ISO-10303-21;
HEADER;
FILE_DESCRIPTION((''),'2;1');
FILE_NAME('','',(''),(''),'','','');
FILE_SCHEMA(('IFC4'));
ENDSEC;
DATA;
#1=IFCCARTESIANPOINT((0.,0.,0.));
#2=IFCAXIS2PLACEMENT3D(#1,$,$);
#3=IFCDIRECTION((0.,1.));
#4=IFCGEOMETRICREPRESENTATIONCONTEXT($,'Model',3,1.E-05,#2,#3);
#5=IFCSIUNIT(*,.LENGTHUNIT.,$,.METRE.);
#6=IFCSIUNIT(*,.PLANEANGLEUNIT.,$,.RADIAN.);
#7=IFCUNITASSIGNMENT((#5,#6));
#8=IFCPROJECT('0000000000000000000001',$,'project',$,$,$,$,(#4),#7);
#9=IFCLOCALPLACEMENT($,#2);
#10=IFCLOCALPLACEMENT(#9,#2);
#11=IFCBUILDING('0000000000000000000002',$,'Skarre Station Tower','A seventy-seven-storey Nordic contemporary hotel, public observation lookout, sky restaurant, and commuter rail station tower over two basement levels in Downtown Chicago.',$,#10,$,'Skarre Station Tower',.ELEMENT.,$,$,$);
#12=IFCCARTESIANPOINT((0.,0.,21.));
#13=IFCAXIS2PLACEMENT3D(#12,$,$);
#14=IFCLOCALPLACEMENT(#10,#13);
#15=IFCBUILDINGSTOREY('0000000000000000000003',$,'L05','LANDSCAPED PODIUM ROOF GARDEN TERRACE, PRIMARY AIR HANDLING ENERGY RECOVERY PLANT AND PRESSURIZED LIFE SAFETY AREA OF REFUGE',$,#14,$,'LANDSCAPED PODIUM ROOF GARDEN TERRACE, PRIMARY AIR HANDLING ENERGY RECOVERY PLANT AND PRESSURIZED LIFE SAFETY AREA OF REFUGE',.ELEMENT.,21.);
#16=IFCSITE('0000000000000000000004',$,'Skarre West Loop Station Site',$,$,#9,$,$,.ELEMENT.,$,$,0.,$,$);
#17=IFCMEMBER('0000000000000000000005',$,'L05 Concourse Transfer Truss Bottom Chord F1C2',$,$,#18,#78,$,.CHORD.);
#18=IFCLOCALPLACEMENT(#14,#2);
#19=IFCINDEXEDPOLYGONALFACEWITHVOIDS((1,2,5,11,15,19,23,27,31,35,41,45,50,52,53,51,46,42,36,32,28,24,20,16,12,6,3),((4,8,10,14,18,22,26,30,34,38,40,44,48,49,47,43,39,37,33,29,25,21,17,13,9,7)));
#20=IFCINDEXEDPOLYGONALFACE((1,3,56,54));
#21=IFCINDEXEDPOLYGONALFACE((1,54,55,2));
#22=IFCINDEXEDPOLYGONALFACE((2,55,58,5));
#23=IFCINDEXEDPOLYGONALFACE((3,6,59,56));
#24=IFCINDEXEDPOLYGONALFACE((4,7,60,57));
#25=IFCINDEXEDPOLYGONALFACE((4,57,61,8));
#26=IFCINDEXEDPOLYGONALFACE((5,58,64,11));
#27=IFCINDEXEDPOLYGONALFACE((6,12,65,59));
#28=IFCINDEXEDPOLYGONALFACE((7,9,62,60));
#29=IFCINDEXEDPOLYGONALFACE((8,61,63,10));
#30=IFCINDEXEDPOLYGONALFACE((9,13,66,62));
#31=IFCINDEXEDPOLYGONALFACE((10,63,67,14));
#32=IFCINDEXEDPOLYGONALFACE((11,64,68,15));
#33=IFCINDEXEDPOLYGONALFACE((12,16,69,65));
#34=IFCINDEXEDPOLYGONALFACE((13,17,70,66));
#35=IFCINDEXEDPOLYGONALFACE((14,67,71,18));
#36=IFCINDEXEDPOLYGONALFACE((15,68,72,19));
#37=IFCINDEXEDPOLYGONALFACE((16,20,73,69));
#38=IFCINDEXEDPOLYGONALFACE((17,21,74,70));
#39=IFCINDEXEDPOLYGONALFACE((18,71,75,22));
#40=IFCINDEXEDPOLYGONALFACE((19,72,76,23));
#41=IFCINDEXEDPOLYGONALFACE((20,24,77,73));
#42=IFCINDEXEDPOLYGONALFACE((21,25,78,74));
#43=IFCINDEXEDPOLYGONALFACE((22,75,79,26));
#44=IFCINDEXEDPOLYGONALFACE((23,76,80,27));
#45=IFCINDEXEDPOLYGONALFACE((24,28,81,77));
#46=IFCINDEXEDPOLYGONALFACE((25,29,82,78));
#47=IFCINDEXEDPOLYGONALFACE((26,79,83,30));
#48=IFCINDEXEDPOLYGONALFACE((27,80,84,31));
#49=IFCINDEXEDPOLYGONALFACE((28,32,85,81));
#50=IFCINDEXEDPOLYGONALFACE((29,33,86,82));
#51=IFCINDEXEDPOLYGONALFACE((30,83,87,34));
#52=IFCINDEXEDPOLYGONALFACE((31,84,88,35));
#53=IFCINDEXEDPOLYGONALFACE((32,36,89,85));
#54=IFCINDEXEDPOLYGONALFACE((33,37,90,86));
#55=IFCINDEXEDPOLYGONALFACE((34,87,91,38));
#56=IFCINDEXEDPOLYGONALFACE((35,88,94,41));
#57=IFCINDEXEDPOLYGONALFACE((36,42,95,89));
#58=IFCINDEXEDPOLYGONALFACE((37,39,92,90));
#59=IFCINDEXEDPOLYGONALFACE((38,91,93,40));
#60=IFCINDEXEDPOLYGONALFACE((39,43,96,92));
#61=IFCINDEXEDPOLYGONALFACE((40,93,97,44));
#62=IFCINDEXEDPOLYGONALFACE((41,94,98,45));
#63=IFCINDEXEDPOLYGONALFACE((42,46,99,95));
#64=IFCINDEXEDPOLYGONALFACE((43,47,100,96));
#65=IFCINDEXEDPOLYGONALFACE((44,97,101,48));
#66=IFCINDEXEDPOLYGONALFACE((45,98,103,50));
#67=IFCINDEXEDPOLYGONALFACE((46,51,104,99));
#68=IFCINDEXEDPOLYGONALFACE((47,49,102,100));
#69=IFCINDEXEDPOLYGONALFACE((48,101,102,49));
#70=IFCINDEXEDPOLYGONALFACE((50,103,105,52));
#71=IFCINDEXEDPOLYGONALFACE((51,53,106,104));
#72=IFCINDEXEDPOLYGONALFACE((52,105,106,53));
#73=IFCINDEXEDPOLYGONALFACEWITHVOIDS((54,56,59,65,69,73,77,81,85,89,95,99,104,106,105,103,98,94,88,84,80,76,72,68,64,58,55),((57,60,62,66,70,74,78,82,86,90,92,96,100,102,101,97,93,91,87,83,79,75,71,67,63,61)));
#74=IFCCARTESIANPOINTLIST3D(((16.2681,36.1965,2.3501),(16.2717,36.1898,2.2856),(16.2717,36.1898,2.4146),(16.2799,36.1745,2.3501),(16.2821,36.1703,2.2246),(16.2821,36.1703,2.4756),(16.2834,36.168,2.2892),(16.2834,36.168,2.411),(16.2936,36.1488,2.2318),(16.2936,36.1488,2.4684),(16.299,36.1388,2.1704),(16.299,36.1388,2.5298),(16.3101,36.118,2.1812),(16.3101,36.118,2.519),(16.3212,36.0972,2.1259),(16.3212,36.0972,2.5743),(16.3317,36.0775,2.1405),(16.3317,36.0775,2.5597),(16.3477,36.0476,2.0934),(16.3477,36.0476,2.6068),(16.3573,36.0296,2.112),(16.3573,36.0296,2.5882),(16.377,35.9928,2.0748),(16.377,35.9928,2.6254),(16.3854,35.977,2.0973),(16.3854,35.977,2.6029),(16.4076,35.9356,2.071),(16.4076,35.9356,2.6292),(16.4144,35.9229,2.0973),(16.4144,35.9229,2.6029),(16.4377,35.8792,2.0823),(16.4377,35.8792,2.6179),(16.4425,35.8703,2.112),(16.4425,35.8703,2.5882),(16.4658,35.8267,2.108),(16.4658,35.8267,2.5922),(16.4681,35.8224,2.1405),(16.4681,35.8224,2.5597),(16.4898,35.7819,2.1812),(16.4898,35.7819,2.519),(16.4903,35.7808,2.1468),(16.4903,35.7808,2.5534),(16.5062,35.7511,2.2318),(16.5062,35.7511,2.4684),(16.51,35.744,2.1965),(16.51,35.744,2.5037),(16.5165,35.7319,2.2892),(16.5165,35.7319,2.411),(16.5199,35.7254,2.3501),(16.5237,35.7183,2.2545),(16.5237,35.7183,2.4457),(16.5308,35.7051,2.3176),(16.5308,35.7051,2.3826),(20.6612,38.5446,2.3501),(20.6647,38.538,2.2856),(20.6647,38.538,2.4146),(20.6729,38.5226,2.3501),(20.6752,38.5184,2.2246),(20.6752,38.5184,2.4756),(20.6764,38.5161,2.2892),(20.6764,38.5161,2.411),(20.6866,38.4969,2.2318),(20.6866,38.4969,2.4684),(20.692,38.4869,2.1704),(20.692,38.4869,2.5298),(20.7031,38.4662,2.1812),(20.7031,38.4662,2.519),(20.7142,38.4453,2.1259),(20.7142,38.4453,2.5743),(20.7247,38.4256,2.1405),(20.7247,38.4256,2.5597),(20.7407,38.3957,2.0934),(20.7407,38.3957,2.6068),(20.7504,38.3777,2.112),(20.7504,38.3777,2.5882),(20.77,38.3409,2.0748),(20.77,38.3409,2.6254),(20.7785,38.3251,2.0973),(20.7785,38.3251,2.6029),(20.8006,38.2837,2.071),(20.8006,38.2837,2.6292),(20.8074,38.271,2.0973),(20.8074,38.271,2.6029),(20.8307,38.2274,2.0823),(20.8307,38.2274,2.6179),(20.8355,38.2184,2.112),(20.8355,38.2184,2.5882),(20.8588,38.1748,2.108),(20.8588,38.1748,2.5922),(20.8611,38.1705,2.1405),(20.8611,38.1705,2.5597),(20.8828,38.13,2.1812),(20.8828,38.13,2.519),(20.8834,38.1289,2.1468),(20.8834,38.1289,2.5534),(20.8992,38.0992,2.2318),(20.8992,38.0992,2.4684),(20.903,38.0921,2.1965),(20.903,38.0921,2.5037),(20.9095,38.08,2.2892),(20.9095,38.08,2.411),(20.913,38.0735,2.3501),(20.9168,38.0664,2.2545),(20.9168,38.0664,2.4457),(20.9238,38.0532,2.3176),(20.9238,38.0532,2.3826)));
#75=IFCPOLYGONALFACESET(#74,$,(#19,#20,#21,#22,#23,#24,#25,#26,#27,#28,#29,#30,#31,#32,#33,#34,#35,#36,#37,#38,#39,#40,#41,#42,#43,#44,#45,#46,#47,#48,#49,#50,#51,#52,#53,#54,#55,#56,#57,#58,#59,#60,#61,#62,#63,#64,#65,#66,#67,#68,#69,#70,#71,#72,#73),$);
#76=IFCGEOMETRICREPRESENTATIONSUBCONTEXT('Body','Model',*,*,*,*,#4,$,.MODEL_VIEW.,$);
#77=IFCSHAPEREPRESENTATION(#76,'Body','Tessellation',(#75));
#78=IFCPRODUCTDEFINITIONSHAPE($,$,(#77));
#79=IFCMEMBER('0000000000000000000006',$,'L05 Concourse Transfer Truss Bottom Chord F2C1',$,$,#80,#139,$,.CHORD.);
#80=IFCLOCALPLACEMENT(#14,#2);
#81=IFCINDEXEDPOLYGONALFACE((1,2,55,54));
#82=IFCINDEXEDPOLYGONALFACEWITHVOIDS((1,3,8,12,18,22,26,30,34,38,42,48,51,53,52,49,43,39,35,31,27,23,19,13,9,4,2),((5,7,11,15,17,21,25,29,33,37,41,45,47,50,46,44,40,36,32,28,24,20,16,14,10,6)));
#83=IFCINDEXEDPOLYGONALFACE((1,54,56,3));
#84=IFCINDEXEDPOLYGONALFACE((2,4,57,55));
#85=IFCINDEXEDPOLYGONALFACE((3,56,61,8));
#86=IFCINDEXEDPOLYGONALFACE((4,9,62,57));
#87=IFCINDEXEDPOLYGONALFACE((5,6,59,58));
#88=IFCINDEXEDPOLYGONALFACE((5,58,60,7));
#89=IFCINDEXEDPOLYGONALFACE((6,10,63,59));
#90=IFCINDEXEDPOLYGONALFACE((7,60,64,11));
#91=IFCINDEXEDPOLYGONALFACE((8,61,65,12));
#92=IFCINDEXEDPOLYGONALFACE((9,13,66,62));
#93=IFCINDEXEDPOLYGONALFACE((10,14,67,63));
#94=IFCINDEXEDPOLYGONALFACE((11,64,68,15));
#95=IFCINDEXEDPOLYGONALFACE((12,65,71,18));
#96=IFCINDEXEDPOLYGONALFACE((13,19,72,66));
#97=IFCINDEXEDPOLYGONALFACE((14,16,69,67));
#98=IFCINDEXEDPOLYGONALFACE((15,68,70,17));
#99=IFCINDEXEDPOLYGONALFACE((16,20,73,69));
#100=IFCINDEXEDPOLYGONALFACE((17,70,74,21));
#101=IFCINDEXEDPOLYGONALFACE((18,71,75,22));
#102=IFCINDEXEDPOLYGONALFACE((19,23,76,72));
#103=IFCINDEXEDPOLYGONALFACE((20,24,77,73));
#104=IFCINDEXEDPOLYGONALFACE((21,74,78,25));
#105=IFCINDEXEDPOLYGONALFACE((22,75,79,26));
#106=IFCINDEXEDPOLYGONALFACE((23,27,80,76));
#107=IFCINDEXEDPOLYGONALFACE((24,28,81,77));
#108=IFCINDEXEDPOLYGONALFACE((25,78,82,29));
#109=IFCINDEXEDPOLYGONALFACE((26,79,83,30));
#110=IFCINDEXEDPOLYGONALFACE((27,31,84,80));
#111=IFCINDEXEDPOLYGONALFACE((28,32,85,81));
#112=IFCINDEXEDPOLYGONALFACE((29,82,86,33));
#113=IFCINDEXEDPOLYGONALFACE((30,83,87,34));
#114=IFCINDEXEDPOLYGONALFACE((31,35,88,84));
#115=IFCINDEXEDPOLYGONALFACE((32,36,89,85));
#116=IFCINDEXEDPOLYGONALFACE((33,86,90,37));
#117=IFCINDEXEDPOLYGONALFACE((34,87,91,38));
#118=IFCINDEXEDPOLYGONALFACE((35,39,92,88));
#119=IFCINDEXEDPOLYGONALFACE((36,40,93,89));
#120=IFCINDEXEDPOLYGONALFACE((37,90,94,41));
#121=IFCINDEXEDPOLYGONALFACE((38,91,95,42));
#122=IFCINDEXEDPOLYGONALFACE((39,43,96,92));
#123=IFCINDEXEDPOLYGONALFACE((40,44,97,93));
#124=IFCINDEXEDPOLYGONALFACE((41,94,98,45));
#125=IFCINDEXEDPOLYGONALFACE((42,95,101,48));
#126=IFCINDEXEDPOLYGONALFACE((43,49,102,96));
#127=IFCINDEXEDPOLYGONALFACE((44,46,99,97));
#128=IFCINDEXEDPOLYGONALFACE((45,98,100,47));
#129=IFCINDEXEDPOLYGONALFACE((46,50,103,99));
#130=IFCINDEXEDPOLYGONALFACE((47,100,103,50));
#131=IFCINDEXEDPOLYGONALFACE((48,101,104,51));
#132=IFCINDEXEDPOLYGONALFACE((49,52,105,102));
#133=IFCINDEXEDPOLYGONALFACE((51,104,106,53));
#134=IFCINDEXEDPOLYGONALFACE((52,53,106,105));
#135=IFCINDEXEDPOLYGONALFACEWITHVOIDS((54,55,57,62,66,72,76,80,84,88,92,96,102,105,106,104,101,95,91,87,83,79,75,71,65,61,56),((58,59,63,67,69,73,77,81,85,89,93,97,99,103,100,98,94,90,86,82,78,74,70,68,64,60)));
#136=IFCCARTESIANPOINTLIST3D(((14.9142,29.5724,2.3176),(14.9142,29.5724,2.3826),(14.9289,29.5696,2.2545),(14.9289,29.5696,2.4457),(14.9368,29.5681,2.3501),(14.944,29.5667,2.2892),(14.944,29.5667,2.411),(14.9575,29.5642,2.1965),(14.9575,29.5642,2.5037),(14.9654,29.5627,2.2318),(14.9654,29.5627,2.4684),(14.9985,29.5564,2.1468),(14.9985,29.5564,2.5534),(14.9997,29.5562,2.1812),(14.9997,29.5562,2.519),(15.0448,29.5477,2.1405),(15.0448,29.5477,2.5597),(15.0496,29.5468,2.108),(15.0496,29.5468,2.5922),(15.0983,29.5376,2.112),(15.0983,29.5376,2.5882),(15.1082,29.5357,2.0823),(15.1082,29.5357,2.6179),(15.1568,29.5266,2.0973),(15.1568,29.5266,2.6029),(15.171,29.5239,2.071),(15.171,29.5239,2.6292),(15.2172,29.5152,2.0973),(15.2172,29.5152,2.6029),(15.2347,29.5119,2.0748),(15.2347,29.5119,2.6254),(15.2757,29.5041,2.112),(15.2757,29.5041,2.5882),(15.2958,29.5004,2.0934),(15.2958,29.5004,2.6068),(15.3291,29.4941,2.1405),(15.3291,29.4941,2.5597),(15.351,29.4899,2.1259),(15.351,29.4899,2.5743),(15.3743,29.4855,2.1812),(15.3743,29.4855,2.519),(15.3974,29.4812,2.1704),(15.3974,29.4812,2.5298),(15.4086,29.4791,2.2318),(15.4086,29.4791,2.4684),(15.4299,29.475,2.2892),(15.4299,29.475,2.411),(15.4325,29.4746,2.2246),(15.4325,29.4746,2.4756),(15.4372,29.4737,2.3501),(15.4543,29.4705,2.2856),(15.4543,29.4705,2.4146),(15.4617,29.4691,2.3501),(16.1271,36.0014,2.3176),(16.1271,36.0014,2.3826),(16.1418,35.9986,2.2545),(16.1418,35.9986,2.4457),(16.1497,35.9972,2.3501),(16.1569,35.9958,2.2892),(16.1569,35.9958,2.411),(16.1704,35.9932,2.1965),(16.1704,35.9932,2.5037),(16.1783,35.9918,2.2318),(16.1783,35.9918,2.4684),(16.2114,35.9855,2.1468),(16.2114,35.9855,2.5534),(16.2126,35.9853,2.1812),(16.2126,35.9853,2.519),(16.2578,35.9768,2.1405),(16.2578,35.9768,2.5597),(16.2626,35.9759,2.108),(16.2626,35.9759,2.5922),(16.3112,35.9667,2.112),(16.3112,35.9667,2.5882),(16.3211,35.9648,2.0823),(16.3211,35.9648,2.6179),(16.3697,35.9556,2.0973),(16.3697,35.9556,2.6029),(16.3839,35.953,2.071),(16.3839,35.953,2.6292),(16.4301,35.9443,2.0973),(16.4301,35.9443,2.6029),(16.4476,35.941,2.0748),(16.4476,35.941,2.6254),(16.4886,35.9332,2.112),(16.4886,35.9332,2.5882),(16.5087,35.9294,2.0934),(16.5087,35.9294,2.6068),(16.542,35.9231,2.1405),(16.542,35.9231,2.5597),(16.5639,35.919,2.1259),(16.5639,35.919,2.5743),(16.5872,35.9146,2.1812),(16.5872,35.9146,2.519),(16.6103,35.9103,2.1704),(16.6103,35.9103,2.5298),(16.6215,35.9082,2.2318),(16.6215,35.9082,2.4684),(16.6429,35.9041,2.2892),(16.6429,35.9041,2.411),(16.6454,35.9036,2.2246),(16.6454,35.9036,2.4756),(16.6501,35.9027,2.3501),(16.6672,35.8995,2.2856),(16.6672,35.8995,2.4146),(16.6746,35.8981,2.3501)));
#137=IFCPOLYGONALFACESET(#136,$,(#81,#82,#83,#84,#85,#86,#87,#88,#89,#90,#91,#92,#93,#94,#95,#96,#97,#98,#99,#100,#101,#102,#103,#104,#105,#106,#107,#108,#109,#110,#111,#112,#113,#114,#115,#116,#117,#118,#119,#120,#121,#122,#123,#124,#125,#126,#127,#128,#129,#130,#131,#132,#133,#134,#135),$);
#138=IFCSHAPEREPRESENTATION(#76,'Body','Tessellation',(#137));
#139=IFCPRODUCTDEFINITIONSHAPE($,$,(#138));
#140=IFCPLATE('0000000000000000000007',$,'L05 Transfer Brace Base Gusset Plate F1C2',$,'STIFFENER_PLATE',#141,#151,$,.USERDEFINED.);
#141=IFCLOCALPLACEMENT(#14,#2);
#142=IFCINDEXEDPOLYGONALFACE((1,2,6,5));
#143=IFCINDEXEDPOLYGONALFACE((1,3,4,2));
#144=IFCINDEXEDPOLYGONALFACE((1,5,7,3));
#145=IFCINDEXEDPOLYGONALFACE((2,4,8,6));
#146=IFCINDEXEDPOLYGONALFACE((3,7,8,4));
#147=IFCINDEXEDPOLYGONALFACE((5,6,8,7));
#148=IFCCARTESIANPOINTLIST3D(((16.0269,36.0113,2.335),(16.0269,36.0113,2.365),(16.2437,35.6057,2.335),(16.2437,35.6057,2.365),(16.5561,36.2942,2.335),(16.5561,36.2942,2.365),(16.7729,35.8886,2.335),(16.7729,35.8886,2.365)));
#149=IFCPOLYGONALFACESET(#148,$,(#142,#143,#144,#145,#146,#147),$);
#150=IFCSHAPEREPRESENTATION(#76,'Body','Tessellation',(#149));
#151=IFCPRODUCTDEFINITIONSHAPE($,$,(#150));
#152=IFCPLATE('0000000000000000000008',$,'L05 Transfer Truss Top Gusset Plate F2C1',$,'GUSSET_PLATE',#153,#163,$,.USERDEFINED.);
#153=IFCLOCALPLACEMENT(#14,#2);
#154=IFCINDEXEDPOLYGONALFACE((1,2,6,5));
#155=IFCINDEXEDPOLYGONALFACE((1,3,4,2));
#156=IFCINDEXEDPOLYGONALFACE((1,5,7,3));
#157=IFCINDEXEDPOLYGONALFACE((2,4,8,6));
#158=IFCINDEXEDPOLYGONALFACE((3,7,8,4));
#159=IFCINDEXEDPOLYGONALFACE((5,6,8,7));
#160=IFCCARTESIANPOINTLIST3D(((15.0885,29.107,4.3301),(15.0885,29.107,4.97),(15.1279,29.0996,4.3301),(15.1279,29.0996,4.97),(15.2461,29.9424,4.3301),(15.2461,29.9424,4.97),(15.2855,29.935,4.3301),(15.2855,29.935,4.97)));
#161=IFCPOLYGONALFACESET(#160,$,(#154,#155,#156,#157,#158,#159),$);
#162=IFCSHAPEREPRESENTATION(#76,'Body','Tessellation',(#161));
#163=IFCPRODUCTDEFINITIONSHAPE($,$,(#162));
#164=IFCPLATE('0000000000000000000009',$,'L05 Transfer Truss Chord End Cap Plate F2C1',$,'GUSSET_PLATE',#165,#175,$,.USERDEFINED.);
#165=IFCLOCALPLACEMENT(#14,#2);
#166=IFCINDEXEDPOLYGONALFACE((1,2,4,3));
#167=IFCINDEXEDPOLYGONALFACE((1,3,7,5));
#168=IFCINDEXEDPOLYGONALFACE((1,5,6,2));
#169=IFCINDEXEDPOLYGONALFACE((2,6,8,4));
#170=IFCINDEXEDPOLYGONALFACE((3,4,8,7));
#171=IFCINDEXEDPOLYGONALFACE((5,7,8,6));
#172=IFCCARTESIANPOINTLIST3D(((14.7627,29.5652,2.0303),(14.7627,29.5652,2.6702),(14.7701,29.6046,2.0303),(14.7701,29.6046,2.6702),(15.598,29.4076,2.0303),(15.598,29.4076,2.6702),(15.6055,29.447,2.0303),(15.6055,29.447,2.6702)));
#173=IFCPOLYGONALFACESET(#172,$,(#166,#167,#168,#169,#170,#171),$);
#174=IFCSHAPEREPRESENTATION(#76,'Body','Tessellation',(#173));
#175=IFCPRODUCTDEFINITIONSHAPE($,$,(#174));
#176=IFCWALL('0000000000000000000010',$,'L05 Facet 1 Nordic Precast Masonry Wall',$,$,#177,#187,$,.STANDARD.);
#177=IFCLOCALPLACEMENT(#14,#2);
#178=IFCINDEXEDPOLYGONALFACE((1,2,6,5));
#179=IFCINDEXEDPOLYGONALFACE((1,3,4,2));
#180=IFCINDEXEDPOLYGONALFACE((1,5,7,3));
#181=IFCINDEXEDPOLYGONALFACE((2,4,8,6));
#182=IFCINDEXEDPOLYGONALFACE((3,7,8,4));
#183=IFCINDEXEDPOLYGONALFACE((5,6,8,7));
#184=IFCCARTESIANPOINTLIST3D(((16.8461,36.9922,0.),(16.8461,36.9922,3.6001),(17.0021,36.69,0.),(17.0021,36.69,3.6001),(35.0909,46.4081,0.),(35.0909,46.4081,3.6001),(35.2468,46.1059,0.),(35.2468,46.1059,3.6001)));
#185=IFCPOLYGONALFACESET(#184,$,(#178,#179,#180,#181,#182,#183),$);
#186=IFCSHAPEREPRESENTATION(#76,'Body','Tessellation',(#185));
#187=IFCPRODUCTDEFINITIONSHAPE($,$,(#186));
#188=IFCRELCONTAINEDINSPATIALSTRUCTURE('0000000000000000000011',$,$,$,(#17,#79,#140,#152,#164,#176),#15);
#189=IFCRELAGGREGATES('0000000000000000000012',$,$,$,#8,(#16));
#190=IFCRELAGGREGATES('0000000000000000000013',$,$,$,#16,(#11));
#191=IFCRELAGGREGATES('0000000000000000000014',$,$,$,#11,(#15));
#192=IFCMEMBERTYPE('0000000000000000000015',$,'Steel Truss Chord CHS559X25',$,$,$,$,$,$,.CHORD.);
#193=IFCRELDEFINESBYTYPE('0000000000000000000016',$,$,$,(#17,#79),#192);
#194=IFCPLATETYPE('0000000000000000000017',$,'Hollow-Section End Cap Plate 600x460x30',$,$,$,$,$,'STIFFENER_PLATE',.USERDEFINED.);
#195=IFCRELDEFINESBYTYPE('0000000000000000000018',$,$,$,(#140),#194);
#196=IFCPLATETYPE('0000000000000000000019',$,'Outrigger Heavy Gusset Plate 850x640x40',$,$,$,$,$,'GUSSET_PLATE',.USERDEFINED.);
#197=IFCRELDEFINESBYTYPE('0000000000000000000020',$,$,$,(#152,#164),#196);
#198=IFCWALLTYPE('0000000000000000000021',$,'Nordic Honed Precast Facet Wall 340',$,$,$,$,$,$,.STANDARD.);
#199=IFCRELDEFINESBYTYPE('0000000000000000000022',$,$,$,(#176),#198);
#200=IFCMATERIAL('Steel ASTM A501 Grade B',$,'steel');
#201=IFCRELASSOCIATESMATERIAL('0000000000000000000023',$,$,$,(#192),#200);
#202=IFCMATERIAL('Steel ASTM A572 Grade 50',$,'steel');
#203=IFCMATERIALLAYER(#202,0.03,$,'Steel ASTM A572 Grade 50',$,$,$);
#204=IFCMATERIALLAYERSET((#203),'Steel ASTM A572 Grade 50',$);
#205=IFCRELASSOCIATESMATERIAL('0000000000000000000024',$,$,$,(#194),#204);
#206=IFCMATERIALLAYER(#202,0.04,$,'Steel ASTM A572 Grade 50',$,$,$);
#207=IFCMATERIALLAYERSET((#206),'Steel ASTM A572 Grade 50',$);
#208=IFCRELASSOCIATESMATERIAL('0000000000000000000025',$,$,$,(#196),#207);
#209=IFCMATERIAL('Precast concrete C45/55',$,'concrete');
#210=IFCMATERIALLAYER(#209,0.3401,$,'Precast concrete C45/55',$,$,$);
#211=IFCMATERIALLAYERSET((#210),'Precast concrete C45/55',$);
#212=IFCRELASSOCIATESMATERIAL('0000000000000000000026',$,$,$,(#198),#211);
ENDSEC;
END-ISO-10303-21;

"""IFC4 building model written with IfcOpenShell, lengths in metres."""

from ifc_helpers import new_model, si_unit, direction, frame, frame_2d, origin, origin_2d, place, context, subcontext, project, spatial, rectangle, hollow_circle, extrude, material, layer, layer_set, material_profile, profile_set, type_object, element, save


model = new_model("IFC4")

# Units and contexts
model_context = context("Model", 3, precision=1e-05, world=origin(), true_north=direction((0.0, 1.0)))
body_context = subcontext(model_context, "Body", "Model", "MODEL_VIEW")
ifc_project = project(units=[si_unit("LENGTHUNIT", "METRE"), si_unit("PLANEANGLEUNIT", "RADIAN")], contexts=[model_context])

# Site, building, storey
site_placement = place(None, origin())
site = spatial("IfcSite", under=ifc_project, at=site_placement, Name="Skarre West Loop Station Site", CompositionType="ELEMENT", RefElevation=0.0)
building_placement = place(site_placement, origin())
building = spatial("IfcBuilding", under=site, at=building_placement, Name="Skarre Station Tower", Description="A seventy-seven-storey Nordic contemporary hotel, public observation lookout, sky restaurant, and commuter rail station tower over two basement levels in Downtown Chicago.", LongName="Skarre Station Tower", CompositionType="ELEMENT")
storey_placement = place(building_placement, frame((0.0, 0.0, 21.0)))
storey = spatial("IfcBuildingStorey", under=building, at=storey_placement, Name="L05", Description="LANDSCAPED PODIUM ROOF GARDEN TERRACE, PRIMARY AIR HANDLING ENERGY RECOVERY PLANT AND PRESSURIZED LIFE SAFETY AREA OF REFUGE", LongName="LANDSCAPED PODIUM ROOF GARDEN TERRACE, PRIMARY AIR HANDLING ENERGY RECOVERY PLANT AND PRESSURIZED LIFE SAFETY AREA OF REFUGE", CompositionType="ELEMENT", Elevation=21.0)

# Members
ifc_material_1 = material(Name="Steel ASTM A501 Grade B", Category="steel")
ifc_material_profile_1 = material_profile(ifc_material_1, hollow_circle(Radius=0.2795, WallThickness=0.0249, at=origin_2d()), Name="Steel ASTM A501 Grade B")
ifc_profile_set_1 = profile_set([ifc_material_profile_1], Name="Steel ASTM A501 Grade B")
member_type_1 = type_object("IfcMemberType", Name="Steel Truss Chord CHS559X25", PredefinedType="CHORD", material=ifc_profile_set_1)
member_1_placement = place(storey_placement, frame((16.3999, 35.95, 2.3501), z_axis=(0.881921, 0.471397, 0.0), x_axis=(-0.471397, 0.881921, 0.0)))
element("IfcMember", 1, at=member_1_placement, inside=storey, type_object=member_type_1, Name="L05 Concourse Transfer Truss Bottom Chord F1C2", PredefinedType="CHORD", context=body_context, shape_type="SweptSolid", body=[
    extrude(hollow_circle(Radius=0.2795, WallThickness=0.0249, at=origin_2d()), origin(), (0.0, 0.0, 1.0), 4.9812),
])
member_2_placement = place(storey_placement, frame((16.3999, 35.95, 2.3501), z_axis=(-0.18539, -0.982665, 0.0), x_axis=(0.982665, -0.18539, 0.0)))
element("IfcMember", 2, at=member_2_placement, inside=storey, type_object=member_type_1, Name="L05 Concourse Transfer Truss Bottom Chord F2C1", PredefinedType="CHORD", context=body_context, shape_type="SweptSolid", body=[
    extrude(hollow_circle(Radius=0.2795, WallThickness=0.0249, at=origin_2d()), origin(), (0.0, 0.0, 1.0), 6.5425),
])

# Plates
ifc_material_2 = material(Name="Steel ASTM A572 Grade 50", Category="steel")
ifc_layer_1 = layer(ifc_material_2, 0.03, Name="Steel ASTM A572 Grade 50")
ifc_layer_set_1 = layer_set([ifc_layer_1], Name="Steel ASTM A572 Grade 50")
plate_type_1 = type_object("IfcPlateType", Name="Hollow-Section End Cap Plate 600x460x30", ElementType="STIFFENER_PLATE", PredefinedType="USERDEFINED", material=ifc_layer_set_1)
plate_1_placement = place(storey_placement, frame((16.3999, 35.95, 2.335), z_axis=(0.0, 0.0, 1.0), x_axis=(0.881929, 0.471381, 0.0)))
element("IfcPlate", 3, at=plate_1_placement, inside=storey, type_object=plate_type_1, Name="L05 Transfer Brace Base Gusset Plate F1C2", ObjectType="STIFFENER_PLATE", PredefinedType="USERDEFINED", context=body_context, shape_type="SweptSolid", body=[
    extrude(rectangle(XDim=0.6001, YDim=0.46, at=origin_2d()), origin(), (0.0, 0.0, 1.0), 0.03),
])
ifc_layer_2 = layer(ifc_material_2, 0.04, Name="Steel ASTM A572 Grade 50")
ifc_layer_set_2 = layer_set([ifc_layer_2], Name="Steel ASTM A572 Grade 50")
plate_type_2 = type_object("IfcPlateType", Name="Outrigger Heavy Gusset Plate 850x640x40", ElementType="GUSSET_PLATE", PredefinedType="USERDEFINED", material=ifc_layer_set_2)
plate_2_placement = place(storey_placement, frame((15.187, 29.521, 4.3301), z_axis=(0.0, 0.0, 1.0), x_axis=(-0.185409, -0.982661, 0.0)))
element("IfcPlate", 4, at=plate_2_placement, inside=storey, type_object=plate_type_2, Name="L05 Transfer Truss Top Gusset Plate F2C1", ObjectType="GUSSET_PLATE", PredefinedType="USERDEFINED", context=body_context, shape_type="SweptSolid", body=[
    extrude(rectangle(XDim=0.8501, YDim=0.04, at=origin_2d()), origin(), (0.0, 0.0, 1.0), 0.6399),
])
plate_3_placement = place(storey_placement, frame((15.1841, 29.5061, 2.0303), z_axis=(0.0, 0.0, 1.0), x_axis=(-0.185409, -0.982661, 0.0)))
element("IfcPlate", 5, at=plate_3_placement, inside=storey, type_object=plate_type_2, Name="L05 Transfer Truss Chord End Cap Plate F2C1", ObjectType="GUSSET_PLATE", PredefinedType="USERDEFINED", context=body_context, shape_type="SweptSolid", body=[
    extrude(rectangle(XDim=0.04, YDim=0.8501, at=origin_2d()), origin(), (0.0, 0.0, 1.0), 0.6399),
])

# Wall
ifc_material_3 = material(Name="Precast concrete C45/55", Category="concrete")
ifc_layer_3 = layer(ifc_material_3, 0.3401, Name="Precast concrete C45/55")
ifc_layer_set_3 = layer_set([ifc_layer_3], Name="Precast concrete C45/55")
wall_type_1 = type_object("IfcWallType", Name="Nordic Honed Precast Facet Wall 340", PredefinedType="STANDARD", material=ifc_layer_set_3)
wall_1_placement = place(storey_placement, frame((16.9241, 36.8411, 0.0), z_axis=(0.0, 0.0, 1.0), x_axis=(0.888634, 0.458616, 0.0)))
element("IfcWall", 6, at=wall_1_placement, inside=storey, type_object=wall_type_1, Name="L05 Facet 1 Nordic Precast Masonry Wall", PredefinedType="STANDARD", context=body_context, shape_type="SweptSolid", body=[
    extrude(rectangle(XDim=20.5312, YDim=0.3401, at=frame_2d((10.2656, 0.0))), origin(), (0.0, 0.0, 1.0), 3.6001),
])

save(model, "model.ifc")
